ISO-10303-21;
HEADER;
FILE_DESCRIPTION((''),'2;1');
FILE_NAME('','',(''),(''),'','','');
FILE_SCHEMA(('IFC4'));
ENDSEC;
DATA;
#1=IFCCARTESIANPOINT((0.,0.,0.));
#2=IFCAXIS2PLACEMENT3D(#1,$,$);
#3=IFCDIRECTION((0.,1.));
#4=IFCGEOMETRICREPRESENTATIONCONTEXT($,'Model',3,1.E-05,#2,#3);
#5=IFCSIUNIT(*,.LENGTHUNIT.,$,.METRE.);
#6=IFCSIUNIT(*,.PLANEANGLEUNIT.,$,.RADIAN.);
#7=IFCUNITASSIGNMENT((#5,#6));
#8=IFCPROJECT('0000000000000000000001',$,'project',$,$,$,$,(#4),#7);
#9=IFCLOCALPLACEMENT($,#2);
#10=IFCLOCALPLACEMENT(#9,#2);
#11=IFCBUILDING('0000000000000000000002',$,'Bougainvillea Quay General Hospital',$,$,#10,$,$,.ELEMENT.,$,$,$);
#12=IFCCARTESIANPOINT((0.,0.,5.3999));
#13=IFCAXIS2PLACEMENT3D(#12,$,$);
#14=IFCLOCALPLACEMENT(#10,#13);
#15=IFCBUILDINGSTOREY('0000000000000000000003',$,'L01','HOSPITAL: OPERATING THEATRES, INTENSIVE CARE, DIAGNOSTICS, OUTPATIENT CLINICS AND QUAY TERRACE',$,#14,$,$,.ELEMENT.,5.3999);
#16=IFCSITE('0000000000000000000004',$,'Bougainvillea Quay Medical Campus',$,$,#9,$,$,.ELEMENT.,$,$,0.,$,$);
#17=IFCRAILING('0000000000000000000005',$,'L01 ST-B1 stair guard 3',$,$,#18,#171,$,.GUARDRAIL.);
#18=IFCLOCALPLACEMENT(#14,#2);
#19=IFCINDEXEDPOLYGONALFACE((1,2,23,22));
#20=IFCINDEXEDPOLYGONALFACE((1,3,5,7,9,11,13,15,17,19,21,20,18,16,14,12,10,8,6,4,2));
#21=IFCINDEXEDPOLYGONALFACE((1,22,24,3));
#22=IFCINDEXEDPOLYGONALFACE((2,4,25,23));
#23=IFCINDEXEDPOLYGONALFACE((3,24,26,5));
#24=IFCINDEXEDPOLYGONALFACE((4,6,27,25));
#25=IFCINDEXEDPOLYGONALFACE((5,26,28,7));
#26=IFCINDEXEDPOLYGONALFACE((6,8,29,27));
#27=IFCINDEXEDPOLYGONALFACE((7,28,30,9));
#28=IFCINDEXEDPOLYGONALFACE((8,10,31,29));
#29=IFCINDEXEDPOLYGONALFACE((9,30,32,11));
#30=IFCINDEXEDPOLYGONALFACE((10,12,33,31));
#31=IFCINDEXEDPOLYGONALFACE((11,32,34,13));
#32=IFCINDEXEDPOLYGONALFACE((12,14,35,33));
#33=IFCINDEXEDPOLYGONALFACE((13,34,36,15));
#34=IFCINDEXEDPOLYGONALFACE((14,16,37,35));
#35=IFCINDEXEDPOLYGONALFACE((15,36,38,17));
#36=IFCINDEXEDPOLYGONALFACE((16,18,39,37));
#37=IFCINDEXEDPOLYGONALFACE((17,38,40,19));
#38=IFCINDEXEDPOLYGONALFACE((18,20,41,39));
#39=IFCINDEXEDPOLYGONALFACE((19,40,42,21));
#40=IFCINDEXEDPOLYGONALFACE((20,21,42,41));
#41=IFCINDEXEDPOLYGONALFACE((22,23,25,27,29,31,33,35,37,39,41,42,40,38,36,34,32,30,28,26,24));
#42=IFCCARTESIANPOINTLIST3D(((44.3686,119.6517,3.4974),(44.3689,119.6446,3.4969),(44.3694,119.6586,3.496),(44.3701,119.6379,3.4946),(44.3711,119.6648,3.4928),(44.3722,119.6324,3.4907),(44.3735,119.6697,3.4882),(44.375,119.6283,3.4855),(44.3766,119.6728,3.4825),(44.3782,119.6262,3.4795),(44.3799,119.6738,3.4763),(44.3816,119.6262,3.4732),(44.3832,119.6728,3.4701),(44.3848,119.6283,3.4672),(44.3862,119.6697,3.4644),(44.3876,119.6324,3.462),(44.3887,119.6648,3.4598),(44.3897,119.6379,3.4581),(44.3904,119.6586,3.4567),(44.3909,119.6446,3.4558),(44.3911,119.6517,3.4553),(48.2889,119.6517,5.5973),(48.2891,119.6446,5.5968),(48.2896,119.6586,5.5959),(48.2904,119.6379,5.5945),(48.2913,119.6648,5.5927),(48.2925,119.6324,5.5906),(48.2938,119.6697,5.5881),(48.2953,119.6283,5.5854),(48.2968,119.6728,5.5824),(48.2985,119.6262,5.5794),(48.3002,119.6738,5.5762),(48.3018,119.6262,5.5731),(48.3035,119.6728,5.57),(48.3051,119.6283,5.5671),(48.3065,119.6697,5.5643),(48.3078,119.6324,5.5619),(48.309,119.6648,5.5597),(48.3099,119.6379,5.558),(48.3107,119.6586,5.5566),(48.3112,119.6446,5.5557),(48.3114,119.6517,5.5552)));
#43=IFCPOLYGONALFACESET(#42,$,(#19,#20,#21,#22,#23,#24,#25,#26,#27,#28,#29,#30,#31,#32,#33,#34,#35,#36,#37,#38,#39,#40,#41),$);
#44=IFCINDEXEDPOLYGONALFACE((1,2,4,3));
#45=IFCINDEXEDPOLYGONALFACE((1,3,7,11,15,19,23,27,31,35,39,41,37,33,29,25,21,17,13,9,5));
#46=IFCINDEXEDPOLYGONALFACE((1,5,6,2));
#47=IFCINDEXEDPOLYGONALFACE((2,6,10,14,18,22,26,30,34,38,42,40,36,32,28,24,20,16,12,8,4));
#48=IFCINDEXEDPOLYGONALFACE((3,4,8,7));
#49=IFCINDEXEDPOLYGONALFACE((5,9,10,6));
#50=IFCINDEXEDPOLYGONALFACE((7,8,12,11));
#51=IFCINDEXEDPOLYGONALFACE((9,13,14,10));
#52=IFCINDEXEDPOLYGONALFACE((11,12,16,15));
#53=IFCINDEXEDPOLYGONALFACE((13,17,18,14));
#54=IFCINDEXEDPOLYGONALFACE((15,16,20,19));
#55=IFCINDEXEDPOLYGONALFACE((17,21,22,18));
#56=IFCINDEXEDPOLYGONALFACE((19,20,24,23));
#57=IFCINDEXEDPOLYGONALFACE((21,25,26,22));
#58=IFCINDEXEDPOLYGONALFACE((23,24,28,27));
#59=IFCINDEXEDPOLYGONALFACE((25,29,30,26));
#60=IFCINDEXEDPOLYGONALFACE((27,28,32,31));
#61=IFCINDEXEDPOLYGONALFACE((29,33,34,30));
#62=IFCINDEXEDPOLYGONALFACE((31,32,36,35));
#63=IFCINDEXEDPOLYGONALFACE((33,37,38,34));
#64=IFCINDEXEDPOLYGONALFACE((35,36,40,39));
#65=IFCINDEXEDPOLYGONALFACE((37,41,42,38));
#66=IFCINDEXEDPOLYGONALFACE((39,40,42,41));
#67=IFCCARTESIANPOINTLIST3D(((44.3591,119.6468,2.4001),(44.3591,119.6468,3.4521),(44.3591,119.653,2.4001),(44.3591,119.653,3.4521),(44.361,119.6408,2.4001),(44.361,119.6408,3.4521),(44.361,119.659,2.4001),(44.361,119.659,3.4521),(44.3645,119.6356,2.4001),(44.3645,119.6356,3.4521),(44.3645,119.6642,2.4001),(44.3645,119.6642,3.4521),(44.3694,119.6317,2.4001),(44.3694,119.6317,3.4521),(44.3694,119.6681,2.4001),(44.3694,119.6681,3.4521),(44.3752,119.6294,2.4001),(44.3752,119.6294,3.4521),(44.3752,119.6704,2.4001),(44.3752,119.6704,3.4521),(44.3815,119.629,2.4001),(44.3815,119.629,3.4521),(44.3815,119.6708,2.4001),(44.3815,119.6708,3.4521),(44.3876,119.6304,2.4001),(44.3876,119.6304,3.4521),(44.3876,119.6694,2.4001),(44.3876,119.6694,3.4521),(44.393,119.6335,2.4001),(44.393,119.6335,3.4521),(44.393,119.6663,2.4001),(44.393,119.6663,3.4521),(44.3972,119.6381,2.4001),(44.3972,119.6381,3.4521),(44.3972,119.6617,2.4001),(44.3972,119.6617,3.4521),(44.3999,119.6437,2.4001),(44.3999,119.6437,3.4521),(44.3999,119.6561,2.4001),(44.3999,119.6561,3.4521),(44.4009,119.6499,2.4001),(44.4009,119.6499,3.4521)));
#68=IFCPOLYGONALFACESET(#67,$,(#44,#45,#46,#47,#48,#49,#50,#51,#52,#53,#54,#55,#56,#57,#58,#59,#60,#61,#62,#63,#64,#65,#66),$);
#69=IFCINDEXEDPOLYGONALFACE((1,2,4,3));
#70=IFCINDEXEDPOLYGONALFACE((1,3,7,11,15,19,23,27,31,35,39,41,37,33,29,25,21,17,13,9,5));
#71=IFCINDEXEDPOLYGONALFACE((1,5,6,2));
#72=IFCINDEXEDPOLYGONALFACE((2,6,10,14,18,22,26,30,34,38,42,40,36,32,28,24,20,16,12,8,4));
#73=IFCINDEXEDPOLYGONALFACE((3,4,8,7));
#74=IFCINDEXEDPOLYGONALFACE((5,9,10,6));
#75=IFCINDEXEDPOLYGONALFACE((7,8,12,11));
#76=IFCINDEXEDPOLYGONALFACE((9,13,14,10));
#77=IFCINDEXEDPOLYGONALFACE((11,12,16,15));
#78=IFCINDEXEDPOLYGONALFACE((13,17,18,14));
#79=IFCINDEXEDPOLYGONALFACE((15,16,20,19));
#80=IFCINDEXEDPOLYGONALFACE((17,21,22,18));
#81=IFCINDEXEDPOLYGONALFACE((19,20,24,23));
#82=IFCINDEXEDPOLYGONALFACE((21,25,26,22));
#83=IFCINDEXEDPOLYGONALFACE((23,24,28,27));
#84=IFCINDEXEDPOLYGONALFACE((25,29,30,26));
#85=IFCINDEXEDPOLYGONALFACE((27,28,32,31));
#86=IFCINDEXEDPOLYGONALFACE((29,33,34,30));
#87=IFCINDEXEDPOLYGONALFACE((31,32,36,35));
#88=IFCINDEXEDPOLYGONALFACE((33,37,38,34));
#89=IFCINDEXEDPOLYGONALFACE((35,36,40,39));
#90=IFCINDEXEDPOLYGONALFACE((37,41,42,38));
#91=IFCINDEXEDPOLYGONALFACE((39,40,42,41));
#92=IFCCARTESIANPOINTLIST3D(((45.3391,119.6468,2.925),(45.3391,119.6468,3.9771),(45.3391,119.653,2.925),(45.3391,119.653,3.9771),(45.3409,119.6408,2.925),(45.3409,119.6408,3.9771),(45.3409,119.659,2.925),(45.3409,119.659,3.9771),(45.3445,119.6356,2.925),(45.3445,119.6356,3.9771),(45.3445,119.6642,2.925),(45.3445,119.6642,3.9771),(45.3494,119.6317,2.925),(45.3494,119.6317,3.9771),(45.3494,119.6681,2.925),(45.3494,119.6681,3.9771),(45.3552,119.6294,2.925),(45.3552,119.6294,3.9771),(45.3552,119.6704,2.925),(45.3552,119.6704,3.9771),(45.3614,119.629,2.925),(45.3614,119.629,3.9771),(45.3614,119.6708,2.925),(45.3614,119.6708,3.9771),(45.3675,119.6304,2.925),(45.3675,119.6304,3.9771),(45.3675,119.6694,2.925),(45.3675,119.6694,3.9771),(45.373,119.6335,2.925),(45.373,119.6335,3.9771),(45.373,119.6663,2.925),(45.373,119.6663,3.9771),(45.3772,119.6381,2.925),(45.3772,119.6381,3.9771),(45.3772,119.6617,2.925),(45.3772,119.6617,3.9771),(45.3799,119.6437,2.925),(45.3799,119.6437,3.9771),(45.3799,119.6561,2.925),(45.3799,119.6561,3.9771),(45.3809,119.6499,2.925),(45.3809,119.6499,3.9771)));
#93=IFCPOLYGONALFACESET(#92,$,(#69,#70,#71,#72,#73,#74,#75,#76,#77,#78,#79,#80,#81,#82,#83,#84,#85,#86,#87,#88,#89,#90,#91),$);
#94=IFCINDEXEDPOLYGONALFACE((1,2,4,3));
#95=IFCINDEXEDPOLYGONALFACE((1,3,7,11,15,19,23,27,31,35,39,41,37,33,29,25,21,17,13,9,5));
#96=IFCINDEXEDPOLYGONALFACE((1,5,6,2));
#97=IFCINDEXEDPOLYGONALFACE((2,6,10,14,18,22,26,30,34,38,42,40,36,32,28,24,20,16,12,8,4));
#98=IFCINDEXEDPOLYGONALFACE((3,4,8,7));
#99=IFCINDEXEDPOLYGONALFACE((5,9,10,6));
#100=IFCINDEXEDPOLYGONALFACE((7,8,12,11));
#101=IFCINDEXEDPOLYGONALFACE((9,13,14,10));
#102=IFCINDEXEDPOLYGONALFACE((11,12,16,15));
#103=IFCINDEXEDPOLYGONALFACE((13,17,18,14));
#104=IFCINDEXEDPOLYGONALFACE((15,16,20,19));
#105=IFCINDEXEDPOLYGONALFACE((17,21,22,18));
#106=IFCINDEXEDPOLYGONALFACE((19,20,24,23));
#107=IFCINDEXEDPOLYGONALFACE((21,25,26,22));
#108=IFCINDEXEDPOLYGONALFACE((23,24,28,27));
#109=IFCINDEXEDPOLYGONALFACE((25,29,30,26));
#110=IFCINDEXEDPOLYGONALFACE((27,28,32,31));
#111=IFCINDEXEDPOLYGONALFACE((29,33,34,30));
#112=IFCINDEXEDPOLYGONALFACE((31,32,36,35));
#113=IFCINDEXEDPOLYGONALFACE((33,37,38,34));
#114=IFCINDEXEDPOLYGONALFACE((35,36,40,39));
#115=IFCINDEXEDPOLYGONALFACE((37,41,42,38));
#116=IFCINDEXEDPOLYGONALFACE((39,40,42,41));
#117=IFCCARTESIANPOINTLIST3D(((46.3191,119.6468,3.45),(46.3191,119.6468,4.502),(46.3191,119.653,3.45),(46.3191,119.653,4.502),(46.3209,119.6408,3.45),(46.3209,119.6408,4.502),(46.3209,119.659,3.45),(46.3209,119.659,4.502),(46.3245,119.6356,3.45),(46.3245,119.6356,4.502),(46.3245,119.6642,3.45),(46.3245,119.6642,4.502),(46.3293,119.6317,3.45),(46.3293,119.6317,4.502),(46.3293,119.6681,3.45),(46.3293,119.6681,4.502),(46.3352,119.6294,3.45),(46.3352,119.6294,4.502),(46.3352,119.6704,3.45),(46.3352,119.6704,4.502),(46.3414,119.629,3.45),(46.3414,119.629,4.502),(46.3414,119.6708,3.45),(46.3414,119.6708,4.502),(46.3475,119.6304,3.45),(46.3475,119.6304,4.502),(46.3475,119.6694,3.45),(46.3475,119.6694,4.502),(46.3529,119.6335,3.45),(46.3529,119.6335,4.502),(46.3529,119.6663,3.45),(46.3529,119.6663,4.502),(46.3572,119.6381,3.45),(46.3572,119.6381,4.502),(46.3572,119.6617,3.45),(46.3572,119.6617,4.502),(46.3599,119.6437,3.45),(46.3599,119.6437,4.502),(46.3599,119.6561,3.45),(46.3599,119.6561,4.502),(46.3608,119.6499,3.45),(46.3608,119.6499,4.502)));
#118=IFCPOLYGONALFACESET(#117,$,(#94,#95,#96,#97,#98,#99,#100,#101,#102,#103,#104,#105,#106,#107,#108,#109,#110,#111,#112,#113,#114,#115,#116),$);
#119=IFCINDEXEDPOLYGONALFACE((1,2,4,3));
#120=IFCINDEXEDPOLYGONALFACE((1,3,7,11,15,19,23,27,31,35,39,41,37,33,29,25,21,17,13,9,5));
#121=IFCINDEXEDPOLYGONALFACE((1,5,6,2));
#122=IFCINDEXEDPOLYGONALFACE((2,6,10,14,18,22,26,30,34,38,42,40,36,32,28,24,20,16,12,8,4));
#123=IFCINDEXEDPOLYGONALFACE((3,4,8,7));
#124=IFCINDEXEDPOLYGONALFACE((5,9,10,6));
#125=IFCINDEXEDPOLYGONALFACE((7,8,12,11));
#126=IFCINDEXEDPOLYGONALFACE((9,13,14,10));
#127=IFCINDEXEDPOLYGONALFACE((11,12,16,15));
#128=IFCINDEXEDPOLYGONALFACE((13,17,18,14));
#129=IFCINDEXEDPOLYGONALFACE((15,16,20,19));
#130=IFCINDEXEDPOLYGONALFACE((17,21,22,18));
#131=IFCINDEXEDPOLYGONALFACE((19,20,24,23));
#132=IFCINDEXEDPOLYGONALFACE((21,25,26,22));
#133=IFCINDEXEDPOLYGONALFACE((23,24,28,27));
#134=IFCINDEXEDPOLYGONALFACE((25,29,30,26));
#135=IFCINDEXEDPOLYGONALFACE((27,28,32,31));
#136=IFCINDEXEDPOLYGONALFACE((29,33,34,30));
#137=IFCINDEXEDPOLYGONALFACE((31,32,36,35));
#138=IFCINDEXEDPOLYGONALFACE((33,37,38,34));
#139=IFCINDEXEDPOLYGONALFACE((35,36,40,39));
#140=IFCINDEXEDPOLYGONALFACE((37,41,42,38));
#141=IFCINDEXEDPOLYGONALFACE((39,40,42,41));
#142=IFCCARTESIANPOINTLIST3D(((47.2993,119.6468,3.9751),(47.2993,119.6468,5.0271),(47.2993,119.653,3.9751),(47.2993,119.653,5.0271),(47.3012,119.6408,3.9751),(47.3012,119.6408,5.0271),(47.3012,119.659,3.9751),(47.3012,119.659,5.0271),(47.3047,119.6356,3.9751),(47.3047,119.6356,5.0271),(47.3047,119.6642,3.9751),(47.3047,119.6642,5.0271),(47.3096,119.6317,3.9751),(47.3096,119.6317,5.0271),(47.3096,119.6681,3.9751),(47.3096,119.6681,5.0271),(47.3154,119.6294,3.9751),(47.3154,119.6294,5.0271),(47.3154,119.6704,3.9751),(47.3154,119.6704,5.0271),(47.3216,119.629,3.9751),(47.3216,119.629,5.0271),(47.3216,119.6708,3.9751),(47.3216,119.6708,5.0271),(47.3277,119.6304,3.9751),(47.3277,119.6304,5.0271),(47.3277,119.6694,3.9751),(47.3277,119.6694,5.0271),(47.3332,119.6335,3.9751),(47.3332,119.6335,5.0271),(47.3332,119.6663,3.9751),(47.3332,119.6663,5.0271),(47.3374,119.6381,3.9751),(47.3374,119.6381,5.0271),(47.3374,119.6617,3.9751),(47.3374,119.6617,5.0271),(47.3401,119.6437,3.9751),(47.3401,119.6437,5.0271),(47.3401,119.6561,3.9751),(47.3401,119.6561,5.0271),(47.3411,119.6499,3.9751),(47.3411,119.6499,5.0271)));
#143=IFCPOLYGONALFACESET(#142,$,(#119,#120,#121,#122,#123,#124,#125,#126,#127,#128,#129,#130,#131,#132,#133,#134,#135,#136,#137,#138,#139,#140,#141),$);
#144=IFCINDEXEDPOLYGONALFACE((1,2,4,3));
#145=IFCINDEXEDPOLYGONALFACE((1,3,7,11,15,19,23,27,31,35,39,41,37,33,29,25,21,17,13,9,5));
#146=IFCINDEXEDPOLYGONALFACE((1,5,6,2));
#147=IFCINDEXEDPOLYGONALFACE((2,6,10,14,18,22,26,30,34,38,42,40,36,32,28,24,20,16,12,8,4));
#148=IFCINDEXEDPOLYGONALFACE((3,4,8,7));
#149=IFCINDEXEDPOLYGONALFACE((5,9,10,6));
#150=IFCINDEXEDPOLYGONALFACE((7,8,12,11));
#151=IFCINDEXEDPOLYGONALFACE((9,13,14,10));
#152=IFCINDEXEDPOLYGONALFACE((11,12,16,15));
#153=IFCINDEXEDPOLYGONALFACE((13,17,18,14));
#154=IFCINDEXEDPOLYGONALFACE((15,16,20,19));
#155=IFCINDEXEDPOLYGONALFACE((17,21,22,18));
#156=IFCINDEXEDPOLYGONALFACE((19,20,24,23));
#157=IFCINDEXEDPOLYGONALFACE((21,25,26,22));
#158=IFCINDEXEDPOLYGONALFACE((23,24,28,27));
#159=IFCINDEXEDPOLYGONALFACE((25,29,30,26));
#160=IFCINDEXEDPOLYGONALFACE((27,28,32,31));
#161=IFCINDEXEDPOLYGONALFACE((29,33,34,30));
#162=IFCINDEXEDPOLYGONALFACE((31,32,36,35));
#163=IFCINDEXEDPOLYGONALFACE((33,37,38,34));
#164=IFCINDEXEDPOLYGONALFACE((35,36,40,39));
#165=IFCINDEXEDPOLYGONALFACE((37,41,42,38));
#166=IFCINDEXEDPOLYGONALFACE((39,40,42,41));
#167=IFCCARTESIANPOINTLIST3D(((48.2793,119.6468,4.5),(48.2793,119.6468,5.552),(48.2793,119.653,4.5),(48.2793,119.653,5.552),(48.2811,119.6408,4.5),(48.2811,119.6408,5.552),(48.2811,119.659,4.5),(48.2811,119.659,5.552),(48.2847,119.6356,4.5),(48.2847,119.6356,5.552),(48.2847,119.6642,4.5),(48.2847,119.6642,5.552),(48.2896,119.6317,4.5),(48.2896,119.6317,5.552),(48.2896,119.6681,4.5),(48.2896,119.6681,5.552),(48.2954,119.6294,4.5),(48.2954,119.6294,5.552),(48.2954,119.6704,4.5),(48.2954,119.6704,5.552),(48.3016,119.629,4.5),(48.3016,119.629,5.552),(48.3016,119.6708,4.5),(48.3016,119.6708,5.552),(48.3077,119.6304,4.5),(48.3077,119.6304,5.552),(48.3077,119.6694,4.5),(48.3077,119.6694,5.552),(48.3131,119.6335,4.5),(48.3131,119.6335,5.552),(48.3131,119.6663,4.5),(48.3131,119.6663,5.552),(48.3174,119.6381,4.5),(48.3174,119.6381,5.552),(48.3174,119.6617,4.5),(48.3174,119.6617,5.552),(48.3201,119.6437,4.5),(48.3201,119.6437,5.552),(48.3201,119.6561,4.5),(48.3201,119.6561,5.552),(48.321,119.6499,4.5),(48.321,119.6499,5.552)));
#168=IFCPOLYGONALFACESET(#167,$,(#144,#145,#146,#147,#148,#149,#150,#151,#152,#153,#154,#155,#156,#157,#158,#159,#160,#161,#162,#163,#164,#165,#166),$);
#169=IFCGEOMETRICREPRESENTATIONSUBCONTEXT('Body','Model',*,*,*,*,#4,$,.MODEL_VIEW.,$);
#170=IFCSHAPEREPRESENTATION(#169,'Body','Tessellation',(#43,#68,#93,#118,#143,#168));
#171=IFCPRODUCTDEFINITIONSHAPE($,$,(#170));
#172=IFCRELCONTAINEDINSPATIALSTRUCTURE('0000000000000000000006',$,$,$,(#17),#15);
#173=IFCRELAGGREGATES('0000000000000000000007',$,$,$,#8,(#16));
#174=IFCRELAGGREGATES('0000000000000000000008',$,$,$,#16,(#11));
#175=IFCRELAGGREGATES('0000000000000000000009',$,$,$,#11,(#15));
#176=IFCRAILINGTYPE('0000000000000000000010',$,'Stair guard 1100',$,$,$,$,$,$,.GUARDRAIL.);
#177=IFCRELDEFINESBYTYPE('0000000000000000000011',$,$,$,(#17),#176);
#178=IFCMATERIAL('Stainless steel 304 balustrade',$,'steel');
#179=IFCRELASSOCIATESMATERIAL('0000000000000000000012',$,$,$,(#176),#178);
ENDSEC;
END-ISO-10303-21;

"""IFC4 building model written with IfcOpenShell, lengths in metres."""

from ifc_helpers import new_model, si_unit, direction, frame, origin, origin_2d, place, context, subcontext, project, spatial, circle, extrude, material, type_object, element, save


model = new_model("IFC4")

# Units and contexts
model_context = context("Model", 3, precision=1e-05, world=origin(), true_north=direction((0.0, 1.0)))
body_context = subcontext(model_context, "Body", "Model", "MODEL_VIEW")
ifc_project = project(units=[si_unit("LENGTHUNIT", "METRE"), si_unit("PLANEANGLEUNIT", "RADIAN")], contexts=[model_context])

# Site, building, storey
site_placement = place(None, origin())
site = spatial("IfcSite", under=ifc_project, at=site_placement, Name="Bougainvillea Quay Medical Campus", CompositionType="ELEMENT", RefElevation=0.0)
building_placement = place(site_placement, origin())
building = spatial("IfcBuilding", under=site, at=building_placement, Name="Bougainvillea Quay General Hospital", CompositionType="ELEMENT")
storey_placement = place(building_placement, frame((0.0, 0.0, 5.3999)))
storey = spatial("IfcBuildingStorey", under=building, at=storey_placement, Name="L01", Description="HOSPITAL: OPERATING THEATRES, INTENSIVE CARE, DIAGNOSTICS, OUTPATIENT CLINICS AND QUAY TERRACE", CompositionType="ELEMENT", Elevation=5.3999)

# Railing
ifc_material_1 = material(Name="Stainless steel 304 balustrade", Category="steel")
railing_type_1 = type_object("IfcRailingType", Name="Stair guard 1100", PredefinedType="GUARDRAIL", material=ifc_material_1)
railing_1_placement = place(storey_placement, frame((44.3799, 119.6499, 2.4001)))
element("IfcRailing", 1, at=railing_1_placement, inside=storey, type_object=railing_type_1, Name="L01 ST-B1 stair guard 3", PredefinedType="GUARDRAIL", context=body_context, shape_type="SweptSolid", body=[
    extrude(circle(Radius=0.0239, at=origin_2d()), frame((0.0, 0.0, 1.0762), z_axis=(0.881502, 0.0, 0.47218), x_axis=(0.0, 1.0, 0.0)), (0.0, 0.0, 1.0), 4.4473),
    extrude(circle(Radius=0.021, at=origin_2d()), origin(), (0.0, 0.0, 1.0), 1.052),
    extrude(circle(Radius=0.021, at=origin_2d()), frame((0.98, 0.0, 0.5249)), (0.0, 0.0, 1.0), 1.052),
    extrude(circle(Radius=0.021, at=origin_2d()), frame((1.96, 0.0, 1.0498)), (0.0, 0.0, 1.0), 1.052),
    extrude(circle(Radius=0.021, at=origin_2d()), frame((2.9402, 0.0, 1.575)), (0.0, 0.0, 1.0), 1.052),
    extrude(circle(Radius=0.021, at=origin_2d()), frame((3.9202, 0.0, 2.0999)), (0.0, 0.0, 1.0), 1.052),
])

save(model, "model.ifc")
